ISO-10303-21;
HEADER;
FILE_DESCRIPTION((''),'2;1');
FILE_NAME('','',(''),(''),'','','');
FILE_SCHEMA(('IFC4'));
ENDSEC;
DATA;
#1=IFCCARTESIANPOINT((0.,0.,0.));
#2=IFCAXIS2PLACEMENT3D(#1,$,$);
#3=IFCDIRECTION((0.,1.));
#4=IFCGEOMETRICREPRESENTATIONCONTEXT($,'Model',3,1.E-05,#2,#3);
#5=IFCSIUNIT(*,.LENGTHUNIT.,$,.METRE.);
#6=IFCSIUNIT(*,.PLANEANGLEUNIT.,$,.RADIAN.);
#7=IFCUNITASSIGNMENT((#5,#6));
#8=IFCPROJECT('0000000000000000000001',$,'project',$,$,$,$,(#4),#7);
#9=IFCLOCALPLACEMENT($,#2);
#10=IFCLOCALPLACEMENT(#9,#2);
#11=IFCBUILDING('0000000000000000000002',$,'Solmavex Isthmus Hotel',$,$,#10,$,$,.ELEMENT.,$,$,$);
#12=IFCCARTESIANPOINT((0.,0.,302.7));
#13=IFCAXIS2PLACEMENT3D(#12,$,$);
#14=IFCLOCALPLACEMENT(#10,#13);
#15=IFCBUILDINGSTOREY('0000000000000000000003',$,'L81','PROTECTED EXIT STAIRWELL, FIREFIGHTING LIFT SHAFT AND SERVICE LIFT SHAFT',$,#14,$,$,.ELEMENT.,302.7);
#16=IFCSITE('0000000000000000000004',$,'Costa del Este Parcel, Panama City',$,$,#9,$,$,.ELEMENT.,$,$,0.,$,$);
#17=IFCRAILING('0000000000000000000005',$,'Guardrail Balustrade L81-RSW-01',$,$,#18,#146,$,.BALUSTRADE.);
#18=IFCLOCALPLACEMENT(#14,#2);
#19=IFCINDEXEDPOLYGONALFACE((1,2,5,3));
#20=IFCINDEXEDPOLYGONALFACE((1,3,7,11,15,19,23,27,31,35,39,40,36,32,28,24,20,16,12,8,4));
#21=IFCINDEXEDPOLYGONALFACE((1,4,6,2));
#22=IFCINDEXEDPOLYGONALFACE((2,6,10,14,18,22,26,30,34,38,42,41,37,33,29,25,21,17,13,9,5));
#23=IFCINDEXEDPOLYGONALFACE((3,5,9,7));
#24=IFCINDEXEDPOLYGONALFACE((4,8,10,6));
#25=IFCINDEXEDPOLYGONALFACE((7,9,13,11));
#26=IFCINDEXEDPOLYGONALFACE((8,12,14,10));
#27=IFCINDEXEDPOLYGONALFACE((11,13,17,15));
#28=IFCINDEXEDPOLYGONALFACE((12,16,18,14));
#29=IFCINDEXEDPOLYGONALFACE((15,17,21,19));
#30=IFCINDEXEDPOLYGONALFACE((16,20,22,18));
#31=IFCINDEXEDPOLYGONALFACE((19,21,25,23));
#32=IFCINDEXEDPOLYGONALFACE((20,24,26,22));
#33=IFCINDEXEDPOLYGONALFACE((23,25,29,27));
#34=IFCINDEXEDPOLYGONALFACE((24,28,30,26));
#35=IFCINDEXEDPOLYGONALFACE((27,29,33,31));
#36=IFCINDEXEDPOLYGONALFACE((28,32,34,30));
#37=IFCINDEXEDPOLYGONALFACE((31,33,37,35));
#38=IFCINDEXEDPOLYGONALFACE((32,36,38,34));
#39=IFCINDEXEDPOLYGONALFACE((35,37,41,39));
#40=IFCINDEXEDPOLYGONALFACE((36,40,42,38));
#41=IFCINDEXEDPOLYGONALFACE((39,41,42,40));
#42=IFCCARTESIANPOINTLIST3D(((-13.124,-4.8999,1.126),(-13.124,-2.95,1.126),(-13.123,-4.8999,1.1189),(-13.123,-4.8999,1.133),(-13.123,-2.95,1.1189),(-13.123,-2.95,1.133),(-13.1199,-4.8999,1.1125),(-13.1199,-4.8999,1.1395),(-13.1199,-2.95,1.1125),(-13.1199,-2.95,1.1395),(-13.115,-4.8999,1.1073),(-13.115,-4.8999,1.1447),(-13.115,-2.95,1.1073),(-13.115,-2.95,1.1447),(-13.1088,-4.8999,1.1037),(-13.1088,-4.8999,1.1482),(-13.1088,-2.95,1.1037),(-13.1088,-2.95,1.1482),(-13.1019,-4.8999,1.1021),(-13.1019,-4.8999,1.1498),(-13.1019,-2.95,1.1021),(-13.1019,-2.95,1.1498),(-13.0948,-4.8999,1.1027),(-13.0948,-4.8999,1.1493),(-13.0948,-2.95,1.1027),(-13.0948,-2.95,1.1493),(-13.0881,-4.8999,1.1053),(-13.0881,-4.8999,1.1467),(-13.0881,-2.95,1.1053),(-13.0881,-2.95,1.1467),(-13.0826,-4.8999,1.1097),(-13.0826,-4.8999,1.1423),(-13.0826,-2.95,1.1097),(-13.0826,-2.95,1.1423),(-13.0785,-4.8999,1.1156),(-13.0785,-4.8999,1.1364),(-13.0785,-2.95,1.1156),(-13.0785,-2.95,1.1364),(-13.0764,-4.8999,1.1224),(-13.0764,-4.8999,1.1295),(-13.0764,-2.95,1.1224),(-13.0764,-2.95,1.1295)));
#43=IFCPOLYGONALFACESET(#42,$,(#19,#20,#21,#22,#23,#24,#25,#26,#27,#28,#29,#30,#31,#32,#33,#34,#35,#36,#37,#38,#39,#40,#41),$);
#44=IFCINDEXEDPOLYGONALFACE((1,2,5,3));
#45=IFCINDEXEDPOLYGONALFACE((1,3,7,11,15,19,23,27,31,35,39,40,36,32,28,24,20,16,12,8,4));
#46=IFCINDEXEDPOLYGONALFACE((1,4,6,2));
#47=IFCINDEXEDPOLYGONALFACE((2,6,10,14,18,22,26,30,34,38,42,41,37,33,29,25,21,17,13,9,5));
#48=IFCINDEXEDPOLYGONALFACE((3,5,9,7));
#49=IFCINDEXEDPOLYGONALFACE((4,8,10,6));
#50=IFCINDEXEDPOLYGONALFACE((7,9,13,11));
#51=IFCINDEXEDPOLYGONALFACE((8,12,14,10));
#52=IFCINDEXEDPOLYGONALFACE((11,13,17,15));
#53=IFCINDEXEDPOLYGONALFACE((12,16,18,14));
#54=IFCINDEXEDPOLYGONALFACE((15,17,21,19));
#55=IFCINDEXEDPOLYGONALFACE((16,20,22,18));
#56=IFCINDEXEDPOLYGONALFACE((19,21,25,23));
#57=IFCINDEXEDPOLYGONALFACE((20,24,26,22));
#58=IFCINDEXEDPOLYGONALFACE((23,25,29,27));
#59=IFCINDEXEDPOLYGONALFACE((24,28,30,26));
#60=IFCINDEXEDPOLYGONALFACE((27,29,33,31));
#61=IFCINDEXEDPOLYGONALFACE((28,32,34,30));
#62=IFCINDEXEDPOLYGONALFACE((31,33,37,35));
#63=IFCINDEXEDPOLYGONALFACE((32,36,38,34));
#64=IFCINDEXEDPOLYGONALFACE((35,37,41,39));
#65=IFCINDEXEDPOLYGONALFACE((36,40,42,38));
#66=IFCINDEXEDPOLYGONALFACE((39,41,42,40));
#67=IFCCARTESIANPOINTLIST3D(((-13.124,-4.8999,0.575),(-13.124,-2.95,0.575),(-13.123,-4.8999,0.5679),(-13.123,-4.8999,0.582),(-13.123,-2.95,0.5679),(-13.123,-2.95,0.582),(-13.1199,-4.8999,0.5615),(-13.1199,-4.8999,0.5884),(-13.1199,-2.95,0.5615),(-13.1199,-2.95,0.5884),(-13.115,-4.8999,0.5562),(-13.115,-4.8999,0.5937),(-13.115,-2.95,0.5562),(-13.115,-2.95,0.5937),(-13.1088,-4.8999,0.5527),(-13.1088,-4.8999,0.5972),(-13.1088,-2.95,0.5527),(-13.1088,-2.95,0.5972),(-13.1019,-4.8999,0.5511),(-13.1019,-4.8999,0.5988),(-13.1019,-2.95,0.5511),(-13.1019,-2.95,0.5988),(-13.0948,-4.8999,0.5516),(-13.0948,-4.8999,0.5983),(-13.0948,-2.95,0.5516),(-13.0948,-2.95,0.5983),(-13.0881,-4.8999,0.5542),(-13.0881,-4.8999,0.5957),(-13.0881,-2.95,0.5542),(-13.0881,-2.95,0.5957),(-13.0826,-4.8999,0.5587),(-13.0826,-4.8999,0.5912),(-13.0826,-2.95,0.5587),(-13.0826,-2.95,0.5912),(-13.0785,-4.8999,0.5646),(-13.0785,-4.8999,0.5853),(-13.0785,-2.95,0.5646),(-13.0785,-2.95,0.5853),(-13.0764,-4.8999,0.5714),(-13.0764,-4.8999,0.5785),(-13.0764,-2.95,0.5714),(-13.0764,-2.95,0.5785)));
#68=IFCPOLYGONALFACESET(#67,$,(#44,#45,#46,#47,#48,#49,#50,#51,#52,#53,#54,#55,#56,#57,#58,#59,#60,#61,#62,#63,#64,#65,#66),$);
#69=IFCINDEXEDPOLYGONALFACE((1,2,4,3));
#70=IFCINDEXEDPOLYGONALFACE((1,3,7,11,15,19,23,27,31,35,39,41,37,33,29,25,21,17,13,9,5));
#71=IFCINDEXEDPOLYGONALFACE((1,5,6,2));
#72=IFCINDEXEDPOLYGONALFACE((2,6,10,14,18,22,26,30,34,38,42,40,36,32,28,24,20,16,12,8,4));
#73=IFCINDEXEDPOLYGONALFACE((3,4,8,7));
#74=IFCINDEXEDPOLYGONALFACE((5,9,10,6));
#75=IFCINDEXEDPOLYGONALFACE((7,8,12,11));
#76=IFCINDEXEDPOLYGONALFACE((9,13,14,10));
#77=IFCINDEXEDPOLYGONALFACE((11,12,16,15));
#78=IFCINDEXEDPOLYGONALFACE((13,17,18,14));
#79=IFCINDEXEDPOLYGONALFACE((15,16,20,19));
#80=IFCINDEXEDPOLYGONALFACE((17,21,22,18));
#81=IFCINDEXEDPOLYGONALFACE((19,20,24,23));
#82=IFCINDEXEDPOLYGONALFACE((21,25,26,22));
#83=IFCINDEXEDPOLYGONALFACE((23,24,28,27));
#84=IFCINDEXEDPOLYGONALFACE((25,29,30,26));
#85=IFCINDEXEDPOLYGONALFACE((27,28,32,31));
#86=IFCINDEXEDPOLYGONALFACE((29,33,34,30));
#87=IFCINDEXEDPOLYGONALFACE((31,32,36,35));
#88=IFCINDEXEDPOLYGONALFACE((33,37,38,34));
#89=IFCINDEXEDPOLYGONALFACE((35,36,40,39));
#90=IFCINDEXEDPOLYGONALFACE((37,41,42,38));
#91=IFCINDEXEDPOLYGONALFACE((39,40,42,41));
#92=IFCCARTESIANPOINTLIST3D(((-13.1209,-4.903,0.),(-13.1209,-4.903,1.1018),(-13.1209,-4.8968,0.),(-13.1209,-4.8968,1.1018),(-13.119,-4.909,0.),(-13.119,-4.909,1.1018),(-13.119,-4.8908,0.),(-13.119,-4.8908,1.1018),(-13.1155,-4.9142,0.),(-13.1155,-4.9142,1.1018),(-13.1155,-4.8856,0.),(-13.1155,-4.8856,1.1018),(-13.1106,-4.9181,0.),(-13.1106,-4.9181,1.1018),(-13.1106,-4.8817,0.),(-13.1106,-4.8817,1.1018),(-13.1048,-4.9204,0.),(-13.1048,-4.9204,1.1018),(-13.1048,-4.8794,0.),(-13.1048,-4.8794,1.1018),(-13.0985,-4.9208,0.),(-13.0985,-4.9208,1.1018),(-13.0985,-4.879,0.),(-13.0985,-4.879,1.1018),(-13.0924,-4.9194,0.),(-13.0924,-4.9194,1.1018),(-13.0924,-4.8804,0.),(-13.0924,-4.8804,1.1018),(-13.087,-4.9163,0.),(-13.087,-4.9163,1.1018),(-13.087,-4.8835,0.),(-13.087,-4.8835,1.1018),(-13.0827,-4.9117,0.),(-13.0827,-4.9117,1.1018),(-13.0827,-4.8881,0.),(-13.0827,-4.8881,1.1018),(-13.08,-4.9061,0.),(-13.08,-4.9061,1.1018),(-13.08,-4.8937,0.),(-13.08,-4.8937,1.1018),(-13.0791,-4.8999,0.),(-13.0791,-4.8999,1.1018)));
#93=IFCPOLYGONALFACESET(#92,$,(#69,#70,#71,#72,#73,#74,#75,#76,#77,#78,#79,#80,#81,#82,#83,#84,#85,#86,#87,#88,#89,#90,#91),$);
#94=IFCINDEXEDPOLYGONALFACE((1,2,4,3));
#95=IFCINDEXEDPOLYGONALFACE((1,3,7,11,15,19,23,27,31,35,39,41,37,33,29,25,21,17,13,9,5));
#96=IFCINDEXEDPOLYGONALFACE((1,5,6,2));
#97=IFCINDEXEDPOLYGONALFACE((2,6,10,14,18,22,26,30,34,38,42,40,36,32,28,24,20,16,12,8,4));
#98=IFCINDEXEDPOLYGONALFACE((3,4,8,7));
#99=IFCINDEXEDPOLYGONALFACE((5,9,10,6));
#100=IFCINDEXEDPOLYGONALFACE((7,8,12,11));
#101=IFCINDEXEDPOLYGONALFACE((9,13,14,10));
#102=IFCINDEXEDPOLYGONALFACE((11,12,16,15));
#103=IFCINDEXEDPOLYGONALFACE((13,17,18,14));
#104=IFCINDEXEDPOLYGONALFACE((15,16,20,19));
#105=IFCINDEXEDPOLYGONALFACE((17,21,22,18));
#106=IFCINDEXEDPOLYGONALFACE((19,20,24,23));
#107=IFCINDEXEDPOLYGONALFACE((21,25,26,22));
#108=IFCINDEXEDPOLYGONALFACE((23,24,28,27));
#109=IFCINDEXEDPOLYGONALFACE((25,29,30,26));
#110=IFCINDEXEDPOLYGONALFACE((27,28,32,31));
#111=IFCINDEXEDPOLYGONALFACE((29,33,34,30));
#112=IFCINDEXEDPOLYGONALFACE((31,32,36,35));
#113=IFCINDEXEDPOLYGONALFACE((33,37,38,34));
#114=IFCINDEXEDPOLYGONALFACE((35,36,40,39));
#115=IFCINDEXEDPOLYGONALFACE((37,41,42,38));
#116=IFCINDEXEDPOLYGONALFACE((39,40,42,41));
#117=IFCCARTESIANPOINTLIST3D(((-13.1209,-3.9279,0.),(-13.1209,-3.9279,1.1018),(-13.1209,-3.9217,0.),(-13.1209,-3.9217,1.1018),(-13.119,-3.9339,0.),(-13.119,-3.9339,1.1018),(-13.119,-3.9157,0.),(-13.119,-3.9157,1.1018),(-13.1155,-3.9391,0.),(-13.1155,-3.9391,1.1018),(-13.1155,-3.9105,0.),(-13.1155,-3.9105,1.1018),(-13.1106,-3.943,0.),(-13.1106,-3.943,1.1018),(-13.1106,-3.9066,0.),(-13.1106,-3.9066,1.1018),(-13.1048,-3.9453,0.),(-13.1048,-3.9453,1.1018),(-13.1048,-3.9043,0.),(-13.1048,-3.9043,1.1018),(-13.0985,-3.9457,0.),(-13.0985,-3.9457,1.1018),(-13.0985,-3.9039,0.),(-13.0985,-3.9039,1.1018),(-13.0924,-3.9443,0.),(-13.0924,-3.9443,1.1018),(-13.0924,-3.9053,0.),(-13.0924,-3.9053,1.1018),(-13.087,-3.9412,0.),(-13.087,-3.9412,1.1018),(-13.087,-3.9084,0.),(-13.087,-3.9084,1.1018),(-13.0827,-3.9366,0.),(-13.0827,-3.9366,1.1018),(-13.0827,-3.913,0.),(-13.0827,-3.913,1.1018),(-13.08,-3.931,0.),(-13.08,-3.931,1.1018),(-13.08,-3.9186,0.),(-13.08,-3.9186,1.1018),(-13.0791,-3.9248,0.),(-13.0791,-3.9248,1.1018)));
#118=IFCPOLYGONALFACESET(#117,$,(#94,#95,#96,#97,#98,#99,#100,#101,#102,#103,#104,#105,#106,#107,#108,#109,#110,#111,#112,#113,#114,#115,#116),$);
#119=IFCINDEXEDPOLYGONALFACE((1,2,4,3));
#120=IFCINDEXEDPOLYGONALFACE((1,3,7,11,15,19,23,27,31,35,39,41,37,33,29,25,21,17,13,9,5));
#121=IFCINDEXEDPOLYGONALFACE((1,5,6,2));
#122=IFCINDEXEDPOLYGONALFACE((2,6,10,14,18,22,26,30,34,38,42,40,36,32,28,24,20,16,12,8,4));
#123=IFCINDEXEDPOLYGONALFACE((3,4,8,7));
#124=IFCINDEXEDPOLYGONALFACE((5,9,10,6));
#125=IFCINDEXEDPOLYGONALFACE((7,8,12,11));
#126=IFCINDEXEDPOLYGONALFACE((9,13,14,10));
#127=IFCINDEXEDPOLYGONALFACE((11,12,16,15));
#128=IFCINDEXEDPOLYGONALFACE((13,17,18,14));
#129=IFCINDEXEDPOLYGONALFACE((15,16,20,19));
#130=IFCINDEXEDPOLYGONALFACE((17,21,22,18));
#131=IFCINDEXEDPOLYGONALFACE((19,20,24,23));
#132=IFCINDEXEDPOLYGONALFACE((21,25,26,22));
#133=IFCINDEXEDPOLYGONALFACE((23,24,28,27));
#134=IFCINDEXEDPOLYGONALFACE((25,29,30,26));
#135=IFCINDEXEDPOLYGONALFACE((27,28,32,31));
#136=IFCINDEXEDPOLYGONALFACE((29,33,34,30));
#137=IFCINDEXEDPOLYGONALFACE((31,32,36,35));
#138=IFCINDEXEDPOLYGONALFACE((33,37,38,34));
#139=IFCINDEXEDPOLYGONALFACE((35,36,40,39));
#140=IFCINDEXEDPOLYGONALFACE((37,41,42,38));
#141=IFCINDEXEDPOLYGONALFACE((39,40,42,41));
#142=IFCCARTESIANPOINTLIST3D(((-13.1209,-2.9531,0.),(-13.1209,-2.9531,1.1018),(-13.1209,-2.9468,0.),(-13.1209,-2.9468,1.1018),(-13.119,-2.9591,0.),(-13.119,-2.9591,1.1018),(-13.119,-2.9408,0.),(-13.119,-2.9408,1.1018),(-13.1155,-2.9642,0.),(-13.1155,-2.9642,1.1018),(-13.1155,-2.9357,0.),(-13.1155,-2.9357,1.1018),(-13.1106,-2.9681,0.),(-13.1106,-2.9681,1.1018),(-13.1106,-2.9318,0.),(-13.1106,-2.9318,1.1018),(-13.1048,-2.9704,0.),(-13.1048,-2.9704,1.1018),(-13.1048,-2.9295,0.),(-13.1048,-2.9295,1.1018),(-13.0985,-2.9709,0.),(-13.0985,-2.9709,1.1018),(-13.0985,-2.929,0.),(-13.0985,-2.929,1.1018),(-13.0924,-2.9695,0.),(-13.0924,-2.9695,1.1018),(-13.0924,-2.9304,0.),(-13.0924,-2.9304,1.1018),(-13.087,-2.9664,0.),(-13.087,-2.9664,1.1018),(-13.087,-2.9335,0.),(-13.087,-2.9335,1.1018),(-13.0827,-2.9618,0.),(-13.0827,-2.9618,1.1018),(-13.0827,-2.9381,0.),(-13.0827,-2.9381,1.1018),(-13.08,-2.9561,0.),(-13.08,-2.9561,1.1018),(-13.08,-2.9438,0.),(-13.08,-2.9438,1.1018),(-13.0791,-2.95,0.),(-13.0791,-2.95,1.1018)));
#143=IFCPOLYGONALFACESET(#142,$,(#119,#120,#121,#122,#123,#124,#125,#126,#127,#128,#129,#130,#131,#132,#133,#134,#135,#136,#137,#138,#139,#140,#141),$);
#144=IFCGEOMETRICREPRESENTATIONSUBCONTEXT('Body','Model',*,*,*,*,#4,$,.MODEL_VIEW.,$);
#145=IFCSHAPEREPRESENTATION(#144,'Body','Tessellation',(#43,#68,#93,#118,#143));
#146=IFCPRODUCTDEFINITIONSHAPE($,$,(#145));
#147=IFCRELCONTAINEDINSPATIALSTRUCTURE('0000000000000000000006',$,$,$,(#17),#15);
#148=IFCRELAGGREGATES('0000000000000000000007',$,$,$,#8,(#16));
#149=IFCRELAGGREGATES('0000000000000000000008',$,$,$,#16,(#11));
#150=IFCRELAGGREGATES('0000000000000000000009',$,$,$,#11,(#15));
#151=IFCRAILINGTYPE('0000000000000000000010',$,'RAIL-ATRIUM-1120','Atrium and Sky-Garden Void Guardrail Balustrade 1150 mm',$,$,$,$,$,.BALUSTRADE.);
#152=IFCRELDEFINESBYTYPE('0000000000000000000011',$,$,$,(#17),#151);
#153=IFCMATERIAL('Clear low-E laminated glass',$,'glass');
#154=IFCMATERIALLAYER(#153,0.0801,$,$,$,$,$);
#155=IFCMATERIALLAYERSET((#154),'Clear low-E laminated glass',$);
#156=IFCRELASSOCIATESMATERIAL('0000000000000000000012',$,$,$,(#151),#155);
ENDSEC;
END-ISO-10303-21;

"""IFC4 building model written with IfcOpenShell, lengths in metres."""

from ifc_helpers import new_model, si_unit, direction, frame, origin, origin_2d, place, context, subcontext, project, spatial, circle, extrude, material, layer, layer_set, type_object, element, save


model = new_model("IFC4")

# Units and contexts
model_context = context("Model", 3, precision=1e-05, world=origin(), true_north=direction((0.0, 1.0)))
body_context = subcontext(model_context, "Body", "Model", "MODEL_VIEW")
ifc_project = project(units=[si_unit("LENGTHUNIT", "METRE"), si_unit("PLANEANGLEUNIT", "RADIAN")], contexts=[model_context])

# Site, building, storey
site_placement = place(None, origin())
site = spatial("IfcSite", under=ifc_project, at=site_placement, Name="Costa del Este Parcel, Panama City", CompositionType="ELEMENT", RefElevation=0.0)
building_placement = place(site_placement, origin())
building = spatial("IfcBuilding", under=site, at=building_placement, Name="Solmavex Isthmus Hotel", CompositionType="ELEMENT")
storey_placement = place(building_placement, frame((0.0, 0.0, 302.7)))
storey = spatial("IfcBuildingStorey", under=building, at=storey_placement, Name="L81", Description="PROTECTED EXIT STAIRWELL, FIREFIGHTING LIFT SHAFT AND SERVICE LIFT SHAFT", CompositionType="ELEMENT", Elevation=302.7)

# Railing
ifc_material_1 = material(Name="Clear low-E laminated glass", Category="glass")
ifc_layer_1 = layer(ifc_material_1, 0.0801)
ifc_layer_set_1 = layer_set([ifc_layer_1], Name="Clear low-E laminated glass")
railing_type_1 = type_object("IfcRailingType", Name="RAIL-ATRIUM-1120", Description="Atrium and Sky-Garden Void Guardrail Balustrade 1150 mm", PredefinedType="BALUSTRADE", material=ifc_layer_set_1)
railing_1_placement = place(storey_placement, frame((-13.1001, -4.8999, 0.0)))
element("IfcRailing", 1, at=railing_1_placement, inside=storey, type_object=railing_type_1, Name="Guardrail Balustrade L81-RSW-01", PredefinedType="BALUSTRADE", context=body_context, shape_type="SweptSolid", body=[
    extrude(circle(Radius=0.0239, at=origin_2d()), frame((0.0, 0.0, 1.126), z_axis=(0.0, 1.0, 0.0), x_axis=(-1.0, 0.0, 0.0)), (0.0, 0.0, 1.0), 1.95),
    extrude(circle(Radius=0.0239, at=origin_2d()), frame((0.0, 0.0, 0.575), z_axis=(0.0, 1.0, 0.0), x_axis=(-1.0, 0.0, 0.0)), (0.0, 0.0, 1.0), 1.95),
    extrude(circle(Radius=0.021, at=origin_2d()), origin(), (0.0, 0.0, 1.0), 1.1018),
    extrude(circle(Radius=0.021, at=origin_2d()), frame((0.0, 0.9751, 0.0)), (0.0, 0.0, 1.0), 1.1018),
    extrude(circle(Radius=0.021, at=origin_2d()), frame((0.0, 1.95, 0.0)), (0.0, 0.0, 1.0), 1.1018),
])

save(model, "model.ifc")
